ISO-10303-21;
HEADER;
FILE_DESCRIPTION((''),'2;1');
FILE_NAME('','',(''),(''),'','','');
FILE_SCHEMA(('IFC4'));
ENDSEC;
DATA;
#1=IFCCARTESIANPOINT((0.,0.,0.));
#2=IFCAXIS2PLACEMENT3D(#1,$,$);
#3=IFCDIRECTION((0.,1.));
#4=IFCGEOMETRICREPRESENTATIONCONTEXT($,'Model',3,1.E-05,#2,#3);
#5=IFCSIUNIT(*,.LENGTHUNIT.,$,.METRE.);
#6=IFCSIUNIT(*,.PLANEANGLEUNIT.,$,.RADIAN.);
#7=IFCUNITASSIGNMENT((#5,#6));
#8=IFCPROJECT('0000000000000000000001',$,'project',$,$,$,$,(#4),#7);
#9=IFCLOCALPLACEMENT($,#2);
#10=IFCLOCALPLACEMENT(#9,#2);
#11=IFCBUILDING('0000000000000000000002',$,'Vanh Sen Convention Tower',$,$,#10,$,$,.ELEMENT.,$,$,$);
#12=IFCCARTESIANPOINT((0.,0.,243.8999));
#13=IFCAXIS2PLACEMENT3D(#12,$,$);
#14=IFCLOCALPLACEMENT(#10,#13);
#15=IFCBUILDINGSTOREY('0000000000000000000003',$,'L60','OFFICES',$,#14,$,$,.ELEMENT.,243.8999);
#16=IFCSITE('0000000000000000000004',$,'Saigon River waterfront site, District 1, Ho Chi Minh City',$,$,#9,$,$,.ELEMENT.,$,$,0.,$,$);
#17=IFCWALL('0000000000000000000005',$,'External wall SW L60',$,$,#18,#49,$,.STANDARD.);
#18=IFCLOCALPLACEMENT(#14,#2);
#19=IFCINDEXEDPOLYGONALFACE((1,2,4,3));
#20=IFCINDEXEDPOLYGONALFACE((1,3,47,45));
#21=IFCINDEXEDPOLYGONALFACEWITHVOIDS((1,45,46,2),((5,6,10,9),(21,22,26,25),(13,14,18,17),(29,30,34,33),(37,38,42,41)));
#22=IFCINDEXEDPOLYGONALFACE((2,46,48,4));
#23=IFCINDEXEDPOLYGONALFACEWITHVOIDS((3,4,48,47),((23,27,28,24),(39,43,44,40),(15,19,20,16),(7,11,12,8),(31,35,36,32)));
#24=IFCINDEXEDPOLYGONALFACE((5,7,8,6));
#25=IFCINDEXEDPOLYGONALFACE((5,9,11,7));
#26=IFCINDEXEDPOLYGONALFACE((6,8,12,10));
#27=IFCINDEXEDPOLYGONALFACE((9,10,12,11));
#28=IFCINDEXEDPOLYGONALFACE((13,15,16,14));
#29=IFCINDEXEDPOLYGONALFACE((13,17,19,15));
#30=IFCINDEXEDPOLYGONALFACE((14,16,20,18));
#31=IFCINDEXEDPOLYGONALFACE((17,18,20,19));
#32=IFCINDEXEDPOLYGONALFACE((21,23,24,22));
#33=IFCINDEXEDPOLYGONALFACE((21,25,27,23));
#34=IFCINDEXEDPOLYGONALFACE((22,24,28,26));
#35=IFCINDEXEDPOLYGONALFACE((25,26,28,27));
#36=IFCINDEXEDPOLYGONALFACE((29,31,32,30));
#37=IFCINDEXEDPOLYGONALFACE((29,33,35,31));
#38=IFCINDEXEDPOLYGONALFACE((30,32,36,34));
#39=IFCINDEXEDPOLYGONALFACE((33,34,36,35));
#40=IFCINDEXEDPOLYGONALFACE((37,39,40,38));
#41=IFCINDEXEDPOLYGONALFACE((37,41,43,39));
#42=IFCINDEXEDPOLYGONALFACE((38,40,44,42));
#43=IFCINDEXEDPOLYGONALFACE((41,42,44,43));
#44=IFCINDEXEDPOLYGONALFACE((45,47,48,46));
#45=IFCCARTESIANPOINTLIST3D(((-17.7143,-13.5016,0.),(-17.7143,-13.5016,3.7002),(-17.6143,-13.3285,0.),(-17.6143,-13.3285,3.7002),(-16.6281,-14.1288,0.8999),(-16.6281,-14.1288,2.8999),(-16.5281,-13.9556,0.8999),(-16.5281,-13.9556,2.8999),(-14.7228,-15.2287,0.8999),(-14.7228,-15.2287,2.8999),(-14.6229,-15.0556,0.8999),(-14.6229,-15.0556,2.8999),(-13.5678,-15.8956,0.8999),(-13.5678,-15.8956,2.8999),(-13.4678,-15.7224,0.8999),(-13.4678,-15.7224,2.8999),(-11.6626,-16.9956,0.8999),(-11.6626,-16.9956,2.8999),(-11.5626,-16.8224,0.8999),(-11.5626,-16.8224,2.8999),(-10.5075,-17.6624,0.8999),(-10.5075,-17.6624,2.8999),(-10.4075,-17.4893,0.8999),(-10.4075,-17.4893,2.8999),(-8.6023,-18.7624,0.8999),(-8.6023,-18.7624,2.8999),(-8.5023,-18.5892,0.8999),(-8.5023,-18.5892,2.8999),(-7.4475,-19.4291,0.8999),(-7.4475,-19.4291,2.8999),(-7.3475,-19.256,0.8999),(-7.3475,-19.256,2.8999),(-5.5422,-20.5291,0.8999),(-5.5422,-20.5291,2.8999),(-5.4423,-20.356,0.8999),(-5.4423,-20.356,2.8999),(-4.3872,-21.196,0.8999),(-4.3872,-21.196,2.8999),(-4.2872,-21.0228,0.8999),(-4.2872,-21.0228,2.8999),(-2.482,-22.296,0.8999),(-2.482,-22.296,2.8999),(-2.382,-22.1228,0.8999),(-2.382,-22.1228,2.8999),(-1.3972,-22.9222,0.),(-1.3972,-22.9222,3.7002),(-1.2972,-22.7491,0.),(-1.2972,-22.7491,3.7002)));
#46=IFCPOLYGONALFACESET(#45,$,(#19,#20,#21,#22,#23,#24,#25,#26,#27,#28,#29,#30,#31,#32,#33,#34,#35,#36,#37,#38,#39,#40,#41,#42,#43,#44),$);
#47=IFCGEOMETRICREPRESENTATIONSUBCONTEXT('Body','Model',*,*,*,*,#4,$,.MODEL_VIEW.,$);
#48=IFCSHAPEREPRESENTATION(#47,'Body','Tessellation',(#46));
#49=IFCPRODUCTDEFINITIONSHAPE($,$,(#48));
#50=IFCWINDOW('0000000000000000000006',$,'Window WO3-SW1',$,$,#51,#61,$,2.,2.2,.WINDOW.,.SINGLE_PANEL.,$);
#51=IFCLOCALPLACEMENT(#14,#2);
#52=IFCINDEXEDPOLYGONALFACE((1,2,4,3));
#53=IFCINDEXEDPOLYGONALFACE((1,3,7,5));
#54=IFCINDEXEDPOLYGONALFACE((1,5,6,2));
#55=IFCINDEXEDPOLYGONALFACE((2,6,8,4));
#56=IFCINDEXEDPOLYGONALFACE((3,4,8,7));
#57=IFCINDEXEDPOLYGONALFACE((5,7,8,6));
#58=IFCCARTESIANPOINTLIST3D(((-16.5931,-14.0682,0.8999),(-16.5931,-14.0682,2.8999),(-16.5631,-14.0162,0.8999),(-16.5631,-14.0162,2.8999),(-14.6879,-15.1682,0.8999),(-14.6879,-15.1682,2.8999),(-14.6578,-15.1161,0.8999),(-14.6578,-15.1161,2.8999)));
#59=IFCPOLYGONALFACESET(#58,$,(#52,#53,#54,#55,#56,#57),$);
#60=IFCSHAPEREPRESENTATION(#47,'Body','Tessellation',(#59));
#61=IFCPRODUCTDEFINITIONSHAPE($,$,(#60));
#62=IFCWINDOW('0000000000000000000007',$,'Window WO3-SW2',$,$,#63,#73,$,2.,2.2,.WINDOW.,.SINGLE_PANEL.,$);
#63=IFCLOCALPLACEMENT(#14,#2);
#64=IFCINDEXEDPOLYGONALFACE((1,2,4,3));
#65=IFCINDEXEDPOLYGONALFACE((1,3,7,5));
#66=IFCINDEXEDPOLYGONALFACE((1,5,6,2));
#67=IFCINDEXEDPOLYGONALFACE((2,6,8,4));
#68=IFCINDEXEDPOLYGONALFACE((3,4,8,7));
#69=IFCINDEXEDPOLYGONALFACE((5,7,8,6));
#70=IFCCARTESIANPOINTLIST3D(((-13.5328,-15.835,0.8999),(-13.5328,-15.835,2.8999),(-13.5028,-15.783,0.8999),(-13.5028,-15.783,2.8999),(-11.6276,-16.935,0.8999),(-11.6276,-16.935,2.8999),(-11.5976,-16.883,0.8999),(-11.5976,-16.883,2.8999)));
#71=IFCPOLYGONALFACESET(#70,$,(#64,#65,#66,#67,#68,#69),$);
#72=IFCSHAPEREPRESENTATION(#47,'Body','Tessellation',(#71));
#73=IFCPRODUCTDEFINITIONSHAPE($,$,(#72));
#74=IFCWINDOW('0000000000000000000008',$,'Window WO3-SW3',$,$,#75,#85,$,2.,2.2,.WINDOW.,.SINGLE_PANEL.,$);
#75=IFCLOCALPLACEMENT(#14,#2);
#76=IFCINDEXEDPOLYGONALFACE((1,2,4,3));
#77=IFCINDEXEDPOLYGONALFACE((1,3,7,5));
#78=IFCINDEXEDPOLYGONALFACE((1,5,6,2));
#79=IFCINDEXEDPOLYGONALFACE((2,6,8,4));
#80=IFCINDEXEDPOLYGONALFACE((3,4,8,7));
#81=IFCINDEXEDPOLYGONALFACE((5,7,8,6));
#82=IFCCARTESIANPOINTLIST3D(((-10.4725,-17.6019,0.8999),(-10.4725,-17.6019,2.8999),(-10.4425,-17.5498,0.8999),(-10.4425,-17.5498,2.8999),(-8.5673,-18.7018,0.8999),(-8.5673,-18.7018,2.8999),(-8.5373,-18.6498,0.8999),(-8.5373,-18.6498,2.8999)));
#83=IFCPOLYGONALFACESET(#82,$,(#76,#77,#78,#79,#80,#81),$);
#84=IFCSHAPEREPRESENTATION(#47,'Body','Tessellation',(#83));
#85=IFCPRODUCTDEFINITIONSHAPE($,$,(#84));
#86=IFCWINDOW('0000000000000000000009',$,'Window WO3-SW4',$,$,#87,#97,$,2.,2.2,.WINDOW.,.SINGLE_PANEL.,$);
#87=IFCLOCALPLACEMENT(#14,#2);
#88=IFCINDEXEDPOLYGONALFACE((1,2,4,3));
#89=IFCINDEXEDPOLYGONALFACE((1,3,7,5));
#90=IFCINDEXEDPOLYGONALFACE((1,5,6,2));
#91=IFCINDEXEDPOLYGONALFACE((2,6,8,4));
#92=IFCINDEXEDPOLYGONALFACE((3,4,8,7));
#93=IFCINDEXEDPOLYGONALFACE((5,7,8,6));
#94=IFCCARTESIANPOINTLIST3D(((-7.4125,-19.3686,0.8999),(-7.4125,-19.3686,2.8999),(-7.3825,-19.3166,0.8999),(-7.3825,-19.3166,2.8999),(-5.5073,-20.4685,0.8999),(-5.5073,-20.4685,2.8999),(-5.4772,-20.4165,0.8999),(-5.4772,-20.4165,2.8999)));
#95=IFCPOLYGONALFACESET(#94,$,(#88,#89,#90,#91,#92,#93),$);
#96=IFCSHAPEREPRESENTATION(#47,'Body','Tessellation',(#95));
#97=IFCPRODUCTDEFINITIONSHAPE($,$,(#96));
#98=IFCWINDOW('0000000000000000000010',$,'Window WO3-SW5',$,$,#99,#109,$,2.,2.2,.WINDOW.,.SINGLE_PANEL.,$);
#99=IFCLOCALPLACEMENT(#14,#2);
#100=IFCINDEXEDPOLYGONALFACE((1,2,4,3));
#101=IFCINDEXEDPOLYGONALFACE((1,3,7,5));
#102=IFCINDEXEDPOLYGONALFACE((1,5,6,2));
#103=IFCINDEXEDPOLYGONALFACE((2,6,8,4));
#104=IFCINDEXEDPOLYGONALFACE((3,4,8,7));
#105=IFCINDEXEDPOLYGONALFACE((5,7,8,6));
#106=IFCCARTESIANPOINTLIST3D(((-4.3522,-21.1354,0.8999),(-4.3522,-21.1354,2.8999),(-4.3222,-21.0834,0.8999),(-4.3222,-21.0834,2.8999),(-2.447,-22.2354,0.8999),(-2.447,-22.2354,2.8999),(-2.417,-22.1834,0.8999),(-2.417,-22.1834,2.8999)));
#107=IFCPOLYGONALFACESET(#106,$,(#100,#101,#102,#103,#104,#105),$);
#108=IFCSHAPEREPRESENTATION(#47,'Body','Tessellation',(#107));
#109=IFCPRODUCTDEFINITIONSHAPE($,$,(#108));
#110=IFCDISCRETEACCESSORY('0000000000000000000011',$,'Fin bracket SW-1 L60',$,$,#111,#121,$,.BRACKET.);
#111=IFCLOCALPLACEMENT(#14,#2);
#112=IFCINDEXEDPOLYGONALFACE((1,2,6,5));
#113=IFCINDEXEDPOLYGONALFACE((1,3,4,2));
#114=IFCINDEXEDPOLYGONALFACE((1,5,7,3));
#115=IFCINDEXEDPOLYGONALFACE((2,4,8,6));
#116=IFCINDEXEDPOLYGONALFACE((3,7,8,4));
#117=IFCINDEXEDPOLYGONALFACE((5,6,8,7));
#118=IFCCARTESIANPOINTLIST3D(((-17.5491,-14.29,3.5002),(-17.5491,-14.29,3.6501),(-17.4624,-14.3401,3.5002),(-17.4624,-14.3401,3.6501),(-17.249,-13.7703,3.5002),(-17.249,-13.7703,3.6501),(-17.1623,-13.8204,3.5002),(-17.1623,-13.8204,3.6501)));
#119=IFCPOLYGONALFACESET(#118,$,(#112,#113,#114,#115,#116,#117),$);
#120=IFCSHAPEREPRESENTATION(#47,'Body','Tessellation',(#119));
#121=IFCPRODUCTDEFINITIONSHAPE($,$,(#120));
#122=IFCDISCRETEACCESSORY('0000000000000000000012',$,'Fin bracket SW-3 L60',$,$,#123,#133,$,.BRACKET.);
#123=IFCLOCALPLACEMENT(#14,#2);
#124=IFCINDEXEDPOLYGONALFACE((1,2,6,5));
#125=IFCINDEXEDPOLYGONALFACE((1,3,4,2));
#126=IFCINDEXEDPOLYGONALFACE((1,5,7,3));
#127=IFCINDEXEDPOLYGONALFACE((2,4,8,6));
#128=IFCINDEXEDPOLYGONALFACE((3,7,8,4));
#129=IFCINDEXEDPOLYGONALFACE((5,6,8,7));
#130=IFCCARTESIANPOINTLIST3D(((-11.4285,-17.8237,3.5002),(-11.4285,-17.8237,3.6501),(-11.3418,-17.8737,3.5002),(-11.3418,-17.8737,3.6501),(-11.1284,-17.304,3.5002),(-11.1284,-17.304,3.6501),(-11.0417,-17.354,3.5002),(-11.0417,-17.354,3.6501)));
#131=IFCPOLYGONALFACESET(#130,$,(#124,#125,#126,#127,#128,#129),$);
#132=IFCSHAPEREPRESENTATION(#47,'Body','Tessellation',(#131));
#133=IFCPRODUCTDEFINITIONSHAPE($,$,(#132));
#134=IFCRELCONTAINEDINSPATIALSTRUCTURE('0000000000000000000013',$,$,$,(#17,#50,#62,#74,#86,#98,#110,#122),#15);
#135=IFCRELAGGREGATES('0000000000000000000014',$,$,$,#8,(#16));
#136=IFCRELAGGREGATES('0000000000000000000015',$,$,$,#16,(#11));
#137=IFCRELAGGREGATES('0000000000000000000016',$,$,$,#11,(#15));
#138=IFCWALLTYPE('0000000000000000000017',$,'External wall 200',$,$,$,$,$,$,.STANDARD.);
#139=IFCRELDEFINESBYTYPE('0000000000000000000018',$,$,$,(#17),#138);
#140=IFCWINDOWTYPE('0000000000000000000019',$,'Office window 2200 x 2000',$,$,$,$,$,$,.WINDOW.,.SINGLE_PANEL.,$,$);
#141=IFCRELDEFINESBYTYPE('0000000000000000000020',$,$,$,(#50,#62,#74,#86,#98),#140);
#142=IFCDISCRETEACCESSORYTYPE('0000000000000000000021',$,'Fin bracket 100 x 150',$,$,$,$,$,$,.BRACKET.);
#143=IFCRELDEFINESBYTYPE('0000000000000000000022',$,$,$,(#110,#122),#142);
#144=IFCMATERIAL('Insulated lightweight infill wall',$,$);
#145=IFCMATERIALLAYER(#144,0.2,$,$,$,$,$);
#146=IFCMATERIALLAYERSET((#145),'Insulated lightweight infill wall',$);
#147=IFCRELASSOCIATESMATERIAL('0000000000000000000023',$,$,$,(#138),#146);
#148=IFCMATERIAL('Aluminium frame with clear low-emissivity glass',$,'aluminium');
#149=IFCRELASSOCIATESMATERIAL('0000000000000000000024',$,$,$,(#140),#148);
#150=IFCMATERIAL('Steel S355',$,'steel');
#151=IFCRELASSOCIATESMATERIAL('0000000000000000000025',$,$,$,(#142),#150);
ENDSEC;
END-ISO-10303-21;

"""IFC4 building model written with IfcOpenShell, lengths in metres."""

from ifc_helpers import new_model, si_unit, direction, frame, frame_2d, origin, origin_2d, place, context, subcontext, project, spatial, rectangle, extrude, material, layer, layer_set, type_object, element, fill, save


model = new_model("IFC4")

# Units and contexts
model_context = context("Model", 3, precision=1e-05, world=origin(), true_north=direction((0.0, 1.0)))
body_context = subcontext(model_context, "Body", "Model", "MODEL_VIEW")
ifc_project = project(units=[si_unit("LENGTHUNIT", "METRE"), si_unit("PLANEANGLEUNIT", "RADIAN")], contexts=[model_context])

# Site, building, storey
site_placement = place(None, origin())
site = spatial("IfcSite", under=ifc_project, at=site_placement, Name="Saigon River waterfront site, District 1, Ho Chi Minh City", CompositionType="ELEMENT", RefElevation=0.0)
building_placement = place(site_placement, origin())
building = spatial("IfcBuilding", under=site, at=building_placement, Name="Vanh Sen Convention Tower", CompositionType="ELEMENT")
storey_placement = place(building_placement, frame((0.0, 0.0, 243.8999)))
storey = spatial("IfcBuildingStorey", under=building, at=storey_placement, Name="L60", Description="OFFICES", CompositionType="ELEMENT", Elevation=243.8999)

# Wall, openings, windows
ifc_material_1 = material(Name="Insulated lightweight infill wall")
ifc_layer_1 = layer(ifc_material_1, 0.2)
ifc_layer_set_1 = layer_set([ifc_layer_1], Name="Insulated lightweight infill wall")
wall_type_1 = type_object("IfcWallType", Name="External wall 200", PredefinedType="STANDARD", material=ifc_layer_set_1)
wall_1_placement = place(storey_placement, frame((-17.6643, -13.415, 0.0), z_axis=(0.0, 0.0, 1.0), x_axis=(0.866027, -0.499998, 0.0)))
wall_1 = element("IfcWall", 1, at=wall_1_placement, inside=storey, type_object=wall_type_1, Name="External wall SW L60", PredefinedType="STANDARD", context=body_context, shape_type="SweptSolid", body=[
    extrude(rectangle(XDim=18.8413, YDim=0.2, at=frame_2d((9.4207, 0.0))), origin(), (0.0, 0.0, 1.0), 3.7002),
])
opening_1_placement = place(wall_1_placement, frame((1.2542, 0.0, 0.8999)))
opening_1 = element("IfcOpeningElement", 2, at=opening_1_placement, cuts=wall_1, PredefinedType="OPENING", context=body_context, shape_type="SweptSolid", body=[
    extrude(rectangle(XDim=2.2, YDim=2.0, at=frame_2d((1.1001, 1.0))), frame((0.0, 0.1099, 0.0), z_axis=(0.0, -1.0, 0.0), x_axis=(1.0, 0.0, 0.0)), (0.0, 0.0, 1.0), 0.22),
])
opening_2_placement = place(wall_1_placement, frame((4.7878, 0.0, 0.8999)))
opening_2 = element("IfcOpeningElement", 3, at=opening_2_placement, cuts=wall_1, PredefinedType="OPENING", context=body_context, shape_type="SweptSolid", body=[
    extrude(rectangle(XDim=2.2, YDim=2.0, at=frame_2d((1.1001, 1.0))), frame((0.0, 0.1099, 0.0), z_axis=(0.0, -1.0, 0.0), x_axis=(1.0, 0.0, 0.0)), (0.0, 0.0, 1.0), 0.22),
])
opening_3_placement = place(wall_1_placement, frame((8.3215, 0.0, 0.8999)))
opening_3 = element("IfcOpeningElement", 4, at=opening_3_placement, cuts=wall_1, PredefinedType="OPENING", context=body_context, shape_type="SweptSolid", body=[
    extrude(rectangle(XDim=2.2, YDim=2.0, at=frame_2d((1.1001, 1.0))), frame((0.0, 0.1099, 0.0), z_axis=(0.0, -1.0, 0.0), x_axis=(1.0, 0.0, 0.0)), (0.0, 0.0, 1.0), 0.22),
])
opening_4_placement = place(wall_1_placement, frame((11.855, 0.0, 0.8999)))
opening_4 = element("IfcOpeningElement", 5, at=opening_4_placement, cuts=wall_1, PredefinedType="OPENING", context=body_context, shape_type="SweptSolid", body=[
    extrude(rectangle(XDim=2.2, YDim=2.0, at=frame_2d((1.1001, 1.0))), frame((0.0, 0.1099, 0.0), z_axis=(0.0, -1.0, 0.0), x_axis=(1.0, 0.0, 0.0)), (0.0, 0.0, 1.0), 0.22),
])
opening_5_placement = place(wall_1_placement, frame((15.3887, 0.0, 0.8999)))
opening_5 = element("IfcOpeningElement", 6, at=opening_5_placement, cuts=wall_1, PredefinedType="OPENING", context=body_context, shape_type="SweptSolid", body=[
    extrude(rectangle(XDim=2.2, YDim=2.0, at=frame_2d((1.1001, 1.0))), frame((0.0, 0.1099, 0.0), z_axis=(0.0, -1.0, 0.0), x_axis=(1.0, 0.0, 0.0)), (0.0, 0.0, 1.0), 0.22),
])
ifc_material_2 = material(Name="Aluminium frame with clear low-emissivity glass", Category="aluminium")
window_type = type_object("IfcWindowType", Name="Office window 2200 x 2000", PartitioningType="SINGLE_PANEL", PredefinedType="WINDOW", material=ifc_material_2)
window_1_placement = place(opening_1_placement, origin())
window_1 = element("IfcWindow", 7, at=window_1_placement, inside=storey, type_object=window_type, Name="Window WO3-SW1", OverallHeight=2.0, OverallWidth=2.2, PartitioningType="SINGLE_PANEL", PredefinedType="WINDOW", context=body_context, shape_type="SweptSolid", body=[
    extrude(rectangle(XDim=2.2, YDim=2.0, at=frame_2d((1.1001, 1.0))), frame((0.0, 0.03, 0.0), z_axis=(0.0, -1.0, 0.0), x_axis=(1.0, 0.0, 0.0)), (0.0, 0.0, 1.0), 0.0601),
])
fill(opening_1, window_1)
window_2_placement = place(opening_2_placement, origin())
window_2 = element("IfcWindow", 8, at=window_2_placement, inside=storey, type_object=window_type, Name="Window WO3-SW2", OverallHeight=2.0, OverallWidth=2.2, PartitioningType="SINGLE_PANEL", PredefinedType="WINDOW", context=body_context, shape_type="SweptSolid", body=[
    extrude(rectangle(XDim=2.2, YDim=2.0, at=frame_2d((1.1001, 1.0))), frame((0.0, 0.03, 0.0), z_axis=(0.0, -1.0, 0.0), x_axis=(1.0, 0.0, 0.0)), (0.0, 0.0, 1.0), 0.0601),
])
fill(opening_2, window_2)
window_3_placement = place(opening_3_placement, origin())
window_3 = element("IfcWindow", 9, at=window_3_placement, inside=storey, type_object=window_type, Name="Window WO3-SW3", OverallHeight=2.0, OverallWidth=2.2, PartitioningType="SINGLE_PANEL", PredefinedType="WINDOW", context=body_context, shape_type="SweptSolid", body=[
    extrude(rectangle(XDim=2.2, YDim=2.0, at=frame_2d((1.1001, 1.0))), frame((0.0, 0.03, 0.0), z_axis=(0.0, -1.0, 0.0), x_axis=(1.0, 0.0, 0.0)), (0.0, 0.0, 1.0), 0.0601),
])
fill(opening_3, window_3)
window_4_placement = place(opening_4_placement, origin())
window_4 = element("IfcWindow", 10, at=window_4_placement, inside=storey, type_object=window_type, Name="Window WO3-SW4", OverallHeight=2.0, OverallWidth=2.2, PartitioningType="SINGLE_PANEL", PredefinedType="WINDOW", context=body_context, shape_type="SweptSolid", body=[
    extrude(rectangle(XDim=2.2, YDim=2.0, at=frame_2d((1.1001, 1.0))), frame((0.0, 0.03, 0.0), z_axis=(0.0, -1.0, 0.0), x_axis=(1.0, 0.0, 0.0)), (0.0, 0.0, 1.0), 0.0601),
])
fill(opening_4, window_4)
window_5_placement = place(opening_5_placement, origin())
window_5 = element("IfcWindow", 11, at=window_5_placement, inside=storey, type_object=window_type, Name="Window WO3-SW5", OverallHeight=2.0, OverallWidth=2.2, PartitioningType="SINGLE_PANEL", PredefinedType="WINDOW", context=body_context, shape_type="SweptSolid", body=[
    extrude(rectangle(XDim=2.2, YDim=2.0, at=frame_2d((1.1001, 1.0))), frame((0.0, 0.03, 0.0), z_axis=(0.0, -1.0, 0.0), x_axis=(1.0, 0.0, 0.0)), (0.0, 0.0, 1.0), 0.0601),
])
fill(opening_5, window_5)

# Discrete accessories
ifc_material_3 = material(Name="Steel S355", Category="steel")
discrete_accessory_type = type_object("IfcDiscreteAccessoryType", Name="Fin bracket 100 x 150", PredefinedType="BRACKET", material=ifc_material_3)
for number, where, z_axis, x_axis, name in (
    (12, (-17.3557, -14.0552, 3.5002), (0.0, 0.0, 1.0), (-0.5, -0.866025, 0.0), "Fin bracket SW-1 L60"),
    (13, (-11.2351, -17.5889, 3.5002), (0.0, 0.0, 1.0), (-0.5, -0.866025, 0.0), "Fin bracket SW-3 L60"),
):
    element("IfcDiscreteAccessory", number, at=place(storey_placement, frame(where, z_axis=z_axis, x_axis=x_axis)), inside=storey, type_object=discrete_accessory_type, Name=name, PredefinedType="BRACKET", context=body_context, shape_type="SweptSolid", body=[
        extrude(rectangle(XDim=0.6001, YDim=0.1001, at=origin_2d()), origin(), (0.0, 0.0, 1.0), 0.1499),
    ])

save(model, "model.ifc")
